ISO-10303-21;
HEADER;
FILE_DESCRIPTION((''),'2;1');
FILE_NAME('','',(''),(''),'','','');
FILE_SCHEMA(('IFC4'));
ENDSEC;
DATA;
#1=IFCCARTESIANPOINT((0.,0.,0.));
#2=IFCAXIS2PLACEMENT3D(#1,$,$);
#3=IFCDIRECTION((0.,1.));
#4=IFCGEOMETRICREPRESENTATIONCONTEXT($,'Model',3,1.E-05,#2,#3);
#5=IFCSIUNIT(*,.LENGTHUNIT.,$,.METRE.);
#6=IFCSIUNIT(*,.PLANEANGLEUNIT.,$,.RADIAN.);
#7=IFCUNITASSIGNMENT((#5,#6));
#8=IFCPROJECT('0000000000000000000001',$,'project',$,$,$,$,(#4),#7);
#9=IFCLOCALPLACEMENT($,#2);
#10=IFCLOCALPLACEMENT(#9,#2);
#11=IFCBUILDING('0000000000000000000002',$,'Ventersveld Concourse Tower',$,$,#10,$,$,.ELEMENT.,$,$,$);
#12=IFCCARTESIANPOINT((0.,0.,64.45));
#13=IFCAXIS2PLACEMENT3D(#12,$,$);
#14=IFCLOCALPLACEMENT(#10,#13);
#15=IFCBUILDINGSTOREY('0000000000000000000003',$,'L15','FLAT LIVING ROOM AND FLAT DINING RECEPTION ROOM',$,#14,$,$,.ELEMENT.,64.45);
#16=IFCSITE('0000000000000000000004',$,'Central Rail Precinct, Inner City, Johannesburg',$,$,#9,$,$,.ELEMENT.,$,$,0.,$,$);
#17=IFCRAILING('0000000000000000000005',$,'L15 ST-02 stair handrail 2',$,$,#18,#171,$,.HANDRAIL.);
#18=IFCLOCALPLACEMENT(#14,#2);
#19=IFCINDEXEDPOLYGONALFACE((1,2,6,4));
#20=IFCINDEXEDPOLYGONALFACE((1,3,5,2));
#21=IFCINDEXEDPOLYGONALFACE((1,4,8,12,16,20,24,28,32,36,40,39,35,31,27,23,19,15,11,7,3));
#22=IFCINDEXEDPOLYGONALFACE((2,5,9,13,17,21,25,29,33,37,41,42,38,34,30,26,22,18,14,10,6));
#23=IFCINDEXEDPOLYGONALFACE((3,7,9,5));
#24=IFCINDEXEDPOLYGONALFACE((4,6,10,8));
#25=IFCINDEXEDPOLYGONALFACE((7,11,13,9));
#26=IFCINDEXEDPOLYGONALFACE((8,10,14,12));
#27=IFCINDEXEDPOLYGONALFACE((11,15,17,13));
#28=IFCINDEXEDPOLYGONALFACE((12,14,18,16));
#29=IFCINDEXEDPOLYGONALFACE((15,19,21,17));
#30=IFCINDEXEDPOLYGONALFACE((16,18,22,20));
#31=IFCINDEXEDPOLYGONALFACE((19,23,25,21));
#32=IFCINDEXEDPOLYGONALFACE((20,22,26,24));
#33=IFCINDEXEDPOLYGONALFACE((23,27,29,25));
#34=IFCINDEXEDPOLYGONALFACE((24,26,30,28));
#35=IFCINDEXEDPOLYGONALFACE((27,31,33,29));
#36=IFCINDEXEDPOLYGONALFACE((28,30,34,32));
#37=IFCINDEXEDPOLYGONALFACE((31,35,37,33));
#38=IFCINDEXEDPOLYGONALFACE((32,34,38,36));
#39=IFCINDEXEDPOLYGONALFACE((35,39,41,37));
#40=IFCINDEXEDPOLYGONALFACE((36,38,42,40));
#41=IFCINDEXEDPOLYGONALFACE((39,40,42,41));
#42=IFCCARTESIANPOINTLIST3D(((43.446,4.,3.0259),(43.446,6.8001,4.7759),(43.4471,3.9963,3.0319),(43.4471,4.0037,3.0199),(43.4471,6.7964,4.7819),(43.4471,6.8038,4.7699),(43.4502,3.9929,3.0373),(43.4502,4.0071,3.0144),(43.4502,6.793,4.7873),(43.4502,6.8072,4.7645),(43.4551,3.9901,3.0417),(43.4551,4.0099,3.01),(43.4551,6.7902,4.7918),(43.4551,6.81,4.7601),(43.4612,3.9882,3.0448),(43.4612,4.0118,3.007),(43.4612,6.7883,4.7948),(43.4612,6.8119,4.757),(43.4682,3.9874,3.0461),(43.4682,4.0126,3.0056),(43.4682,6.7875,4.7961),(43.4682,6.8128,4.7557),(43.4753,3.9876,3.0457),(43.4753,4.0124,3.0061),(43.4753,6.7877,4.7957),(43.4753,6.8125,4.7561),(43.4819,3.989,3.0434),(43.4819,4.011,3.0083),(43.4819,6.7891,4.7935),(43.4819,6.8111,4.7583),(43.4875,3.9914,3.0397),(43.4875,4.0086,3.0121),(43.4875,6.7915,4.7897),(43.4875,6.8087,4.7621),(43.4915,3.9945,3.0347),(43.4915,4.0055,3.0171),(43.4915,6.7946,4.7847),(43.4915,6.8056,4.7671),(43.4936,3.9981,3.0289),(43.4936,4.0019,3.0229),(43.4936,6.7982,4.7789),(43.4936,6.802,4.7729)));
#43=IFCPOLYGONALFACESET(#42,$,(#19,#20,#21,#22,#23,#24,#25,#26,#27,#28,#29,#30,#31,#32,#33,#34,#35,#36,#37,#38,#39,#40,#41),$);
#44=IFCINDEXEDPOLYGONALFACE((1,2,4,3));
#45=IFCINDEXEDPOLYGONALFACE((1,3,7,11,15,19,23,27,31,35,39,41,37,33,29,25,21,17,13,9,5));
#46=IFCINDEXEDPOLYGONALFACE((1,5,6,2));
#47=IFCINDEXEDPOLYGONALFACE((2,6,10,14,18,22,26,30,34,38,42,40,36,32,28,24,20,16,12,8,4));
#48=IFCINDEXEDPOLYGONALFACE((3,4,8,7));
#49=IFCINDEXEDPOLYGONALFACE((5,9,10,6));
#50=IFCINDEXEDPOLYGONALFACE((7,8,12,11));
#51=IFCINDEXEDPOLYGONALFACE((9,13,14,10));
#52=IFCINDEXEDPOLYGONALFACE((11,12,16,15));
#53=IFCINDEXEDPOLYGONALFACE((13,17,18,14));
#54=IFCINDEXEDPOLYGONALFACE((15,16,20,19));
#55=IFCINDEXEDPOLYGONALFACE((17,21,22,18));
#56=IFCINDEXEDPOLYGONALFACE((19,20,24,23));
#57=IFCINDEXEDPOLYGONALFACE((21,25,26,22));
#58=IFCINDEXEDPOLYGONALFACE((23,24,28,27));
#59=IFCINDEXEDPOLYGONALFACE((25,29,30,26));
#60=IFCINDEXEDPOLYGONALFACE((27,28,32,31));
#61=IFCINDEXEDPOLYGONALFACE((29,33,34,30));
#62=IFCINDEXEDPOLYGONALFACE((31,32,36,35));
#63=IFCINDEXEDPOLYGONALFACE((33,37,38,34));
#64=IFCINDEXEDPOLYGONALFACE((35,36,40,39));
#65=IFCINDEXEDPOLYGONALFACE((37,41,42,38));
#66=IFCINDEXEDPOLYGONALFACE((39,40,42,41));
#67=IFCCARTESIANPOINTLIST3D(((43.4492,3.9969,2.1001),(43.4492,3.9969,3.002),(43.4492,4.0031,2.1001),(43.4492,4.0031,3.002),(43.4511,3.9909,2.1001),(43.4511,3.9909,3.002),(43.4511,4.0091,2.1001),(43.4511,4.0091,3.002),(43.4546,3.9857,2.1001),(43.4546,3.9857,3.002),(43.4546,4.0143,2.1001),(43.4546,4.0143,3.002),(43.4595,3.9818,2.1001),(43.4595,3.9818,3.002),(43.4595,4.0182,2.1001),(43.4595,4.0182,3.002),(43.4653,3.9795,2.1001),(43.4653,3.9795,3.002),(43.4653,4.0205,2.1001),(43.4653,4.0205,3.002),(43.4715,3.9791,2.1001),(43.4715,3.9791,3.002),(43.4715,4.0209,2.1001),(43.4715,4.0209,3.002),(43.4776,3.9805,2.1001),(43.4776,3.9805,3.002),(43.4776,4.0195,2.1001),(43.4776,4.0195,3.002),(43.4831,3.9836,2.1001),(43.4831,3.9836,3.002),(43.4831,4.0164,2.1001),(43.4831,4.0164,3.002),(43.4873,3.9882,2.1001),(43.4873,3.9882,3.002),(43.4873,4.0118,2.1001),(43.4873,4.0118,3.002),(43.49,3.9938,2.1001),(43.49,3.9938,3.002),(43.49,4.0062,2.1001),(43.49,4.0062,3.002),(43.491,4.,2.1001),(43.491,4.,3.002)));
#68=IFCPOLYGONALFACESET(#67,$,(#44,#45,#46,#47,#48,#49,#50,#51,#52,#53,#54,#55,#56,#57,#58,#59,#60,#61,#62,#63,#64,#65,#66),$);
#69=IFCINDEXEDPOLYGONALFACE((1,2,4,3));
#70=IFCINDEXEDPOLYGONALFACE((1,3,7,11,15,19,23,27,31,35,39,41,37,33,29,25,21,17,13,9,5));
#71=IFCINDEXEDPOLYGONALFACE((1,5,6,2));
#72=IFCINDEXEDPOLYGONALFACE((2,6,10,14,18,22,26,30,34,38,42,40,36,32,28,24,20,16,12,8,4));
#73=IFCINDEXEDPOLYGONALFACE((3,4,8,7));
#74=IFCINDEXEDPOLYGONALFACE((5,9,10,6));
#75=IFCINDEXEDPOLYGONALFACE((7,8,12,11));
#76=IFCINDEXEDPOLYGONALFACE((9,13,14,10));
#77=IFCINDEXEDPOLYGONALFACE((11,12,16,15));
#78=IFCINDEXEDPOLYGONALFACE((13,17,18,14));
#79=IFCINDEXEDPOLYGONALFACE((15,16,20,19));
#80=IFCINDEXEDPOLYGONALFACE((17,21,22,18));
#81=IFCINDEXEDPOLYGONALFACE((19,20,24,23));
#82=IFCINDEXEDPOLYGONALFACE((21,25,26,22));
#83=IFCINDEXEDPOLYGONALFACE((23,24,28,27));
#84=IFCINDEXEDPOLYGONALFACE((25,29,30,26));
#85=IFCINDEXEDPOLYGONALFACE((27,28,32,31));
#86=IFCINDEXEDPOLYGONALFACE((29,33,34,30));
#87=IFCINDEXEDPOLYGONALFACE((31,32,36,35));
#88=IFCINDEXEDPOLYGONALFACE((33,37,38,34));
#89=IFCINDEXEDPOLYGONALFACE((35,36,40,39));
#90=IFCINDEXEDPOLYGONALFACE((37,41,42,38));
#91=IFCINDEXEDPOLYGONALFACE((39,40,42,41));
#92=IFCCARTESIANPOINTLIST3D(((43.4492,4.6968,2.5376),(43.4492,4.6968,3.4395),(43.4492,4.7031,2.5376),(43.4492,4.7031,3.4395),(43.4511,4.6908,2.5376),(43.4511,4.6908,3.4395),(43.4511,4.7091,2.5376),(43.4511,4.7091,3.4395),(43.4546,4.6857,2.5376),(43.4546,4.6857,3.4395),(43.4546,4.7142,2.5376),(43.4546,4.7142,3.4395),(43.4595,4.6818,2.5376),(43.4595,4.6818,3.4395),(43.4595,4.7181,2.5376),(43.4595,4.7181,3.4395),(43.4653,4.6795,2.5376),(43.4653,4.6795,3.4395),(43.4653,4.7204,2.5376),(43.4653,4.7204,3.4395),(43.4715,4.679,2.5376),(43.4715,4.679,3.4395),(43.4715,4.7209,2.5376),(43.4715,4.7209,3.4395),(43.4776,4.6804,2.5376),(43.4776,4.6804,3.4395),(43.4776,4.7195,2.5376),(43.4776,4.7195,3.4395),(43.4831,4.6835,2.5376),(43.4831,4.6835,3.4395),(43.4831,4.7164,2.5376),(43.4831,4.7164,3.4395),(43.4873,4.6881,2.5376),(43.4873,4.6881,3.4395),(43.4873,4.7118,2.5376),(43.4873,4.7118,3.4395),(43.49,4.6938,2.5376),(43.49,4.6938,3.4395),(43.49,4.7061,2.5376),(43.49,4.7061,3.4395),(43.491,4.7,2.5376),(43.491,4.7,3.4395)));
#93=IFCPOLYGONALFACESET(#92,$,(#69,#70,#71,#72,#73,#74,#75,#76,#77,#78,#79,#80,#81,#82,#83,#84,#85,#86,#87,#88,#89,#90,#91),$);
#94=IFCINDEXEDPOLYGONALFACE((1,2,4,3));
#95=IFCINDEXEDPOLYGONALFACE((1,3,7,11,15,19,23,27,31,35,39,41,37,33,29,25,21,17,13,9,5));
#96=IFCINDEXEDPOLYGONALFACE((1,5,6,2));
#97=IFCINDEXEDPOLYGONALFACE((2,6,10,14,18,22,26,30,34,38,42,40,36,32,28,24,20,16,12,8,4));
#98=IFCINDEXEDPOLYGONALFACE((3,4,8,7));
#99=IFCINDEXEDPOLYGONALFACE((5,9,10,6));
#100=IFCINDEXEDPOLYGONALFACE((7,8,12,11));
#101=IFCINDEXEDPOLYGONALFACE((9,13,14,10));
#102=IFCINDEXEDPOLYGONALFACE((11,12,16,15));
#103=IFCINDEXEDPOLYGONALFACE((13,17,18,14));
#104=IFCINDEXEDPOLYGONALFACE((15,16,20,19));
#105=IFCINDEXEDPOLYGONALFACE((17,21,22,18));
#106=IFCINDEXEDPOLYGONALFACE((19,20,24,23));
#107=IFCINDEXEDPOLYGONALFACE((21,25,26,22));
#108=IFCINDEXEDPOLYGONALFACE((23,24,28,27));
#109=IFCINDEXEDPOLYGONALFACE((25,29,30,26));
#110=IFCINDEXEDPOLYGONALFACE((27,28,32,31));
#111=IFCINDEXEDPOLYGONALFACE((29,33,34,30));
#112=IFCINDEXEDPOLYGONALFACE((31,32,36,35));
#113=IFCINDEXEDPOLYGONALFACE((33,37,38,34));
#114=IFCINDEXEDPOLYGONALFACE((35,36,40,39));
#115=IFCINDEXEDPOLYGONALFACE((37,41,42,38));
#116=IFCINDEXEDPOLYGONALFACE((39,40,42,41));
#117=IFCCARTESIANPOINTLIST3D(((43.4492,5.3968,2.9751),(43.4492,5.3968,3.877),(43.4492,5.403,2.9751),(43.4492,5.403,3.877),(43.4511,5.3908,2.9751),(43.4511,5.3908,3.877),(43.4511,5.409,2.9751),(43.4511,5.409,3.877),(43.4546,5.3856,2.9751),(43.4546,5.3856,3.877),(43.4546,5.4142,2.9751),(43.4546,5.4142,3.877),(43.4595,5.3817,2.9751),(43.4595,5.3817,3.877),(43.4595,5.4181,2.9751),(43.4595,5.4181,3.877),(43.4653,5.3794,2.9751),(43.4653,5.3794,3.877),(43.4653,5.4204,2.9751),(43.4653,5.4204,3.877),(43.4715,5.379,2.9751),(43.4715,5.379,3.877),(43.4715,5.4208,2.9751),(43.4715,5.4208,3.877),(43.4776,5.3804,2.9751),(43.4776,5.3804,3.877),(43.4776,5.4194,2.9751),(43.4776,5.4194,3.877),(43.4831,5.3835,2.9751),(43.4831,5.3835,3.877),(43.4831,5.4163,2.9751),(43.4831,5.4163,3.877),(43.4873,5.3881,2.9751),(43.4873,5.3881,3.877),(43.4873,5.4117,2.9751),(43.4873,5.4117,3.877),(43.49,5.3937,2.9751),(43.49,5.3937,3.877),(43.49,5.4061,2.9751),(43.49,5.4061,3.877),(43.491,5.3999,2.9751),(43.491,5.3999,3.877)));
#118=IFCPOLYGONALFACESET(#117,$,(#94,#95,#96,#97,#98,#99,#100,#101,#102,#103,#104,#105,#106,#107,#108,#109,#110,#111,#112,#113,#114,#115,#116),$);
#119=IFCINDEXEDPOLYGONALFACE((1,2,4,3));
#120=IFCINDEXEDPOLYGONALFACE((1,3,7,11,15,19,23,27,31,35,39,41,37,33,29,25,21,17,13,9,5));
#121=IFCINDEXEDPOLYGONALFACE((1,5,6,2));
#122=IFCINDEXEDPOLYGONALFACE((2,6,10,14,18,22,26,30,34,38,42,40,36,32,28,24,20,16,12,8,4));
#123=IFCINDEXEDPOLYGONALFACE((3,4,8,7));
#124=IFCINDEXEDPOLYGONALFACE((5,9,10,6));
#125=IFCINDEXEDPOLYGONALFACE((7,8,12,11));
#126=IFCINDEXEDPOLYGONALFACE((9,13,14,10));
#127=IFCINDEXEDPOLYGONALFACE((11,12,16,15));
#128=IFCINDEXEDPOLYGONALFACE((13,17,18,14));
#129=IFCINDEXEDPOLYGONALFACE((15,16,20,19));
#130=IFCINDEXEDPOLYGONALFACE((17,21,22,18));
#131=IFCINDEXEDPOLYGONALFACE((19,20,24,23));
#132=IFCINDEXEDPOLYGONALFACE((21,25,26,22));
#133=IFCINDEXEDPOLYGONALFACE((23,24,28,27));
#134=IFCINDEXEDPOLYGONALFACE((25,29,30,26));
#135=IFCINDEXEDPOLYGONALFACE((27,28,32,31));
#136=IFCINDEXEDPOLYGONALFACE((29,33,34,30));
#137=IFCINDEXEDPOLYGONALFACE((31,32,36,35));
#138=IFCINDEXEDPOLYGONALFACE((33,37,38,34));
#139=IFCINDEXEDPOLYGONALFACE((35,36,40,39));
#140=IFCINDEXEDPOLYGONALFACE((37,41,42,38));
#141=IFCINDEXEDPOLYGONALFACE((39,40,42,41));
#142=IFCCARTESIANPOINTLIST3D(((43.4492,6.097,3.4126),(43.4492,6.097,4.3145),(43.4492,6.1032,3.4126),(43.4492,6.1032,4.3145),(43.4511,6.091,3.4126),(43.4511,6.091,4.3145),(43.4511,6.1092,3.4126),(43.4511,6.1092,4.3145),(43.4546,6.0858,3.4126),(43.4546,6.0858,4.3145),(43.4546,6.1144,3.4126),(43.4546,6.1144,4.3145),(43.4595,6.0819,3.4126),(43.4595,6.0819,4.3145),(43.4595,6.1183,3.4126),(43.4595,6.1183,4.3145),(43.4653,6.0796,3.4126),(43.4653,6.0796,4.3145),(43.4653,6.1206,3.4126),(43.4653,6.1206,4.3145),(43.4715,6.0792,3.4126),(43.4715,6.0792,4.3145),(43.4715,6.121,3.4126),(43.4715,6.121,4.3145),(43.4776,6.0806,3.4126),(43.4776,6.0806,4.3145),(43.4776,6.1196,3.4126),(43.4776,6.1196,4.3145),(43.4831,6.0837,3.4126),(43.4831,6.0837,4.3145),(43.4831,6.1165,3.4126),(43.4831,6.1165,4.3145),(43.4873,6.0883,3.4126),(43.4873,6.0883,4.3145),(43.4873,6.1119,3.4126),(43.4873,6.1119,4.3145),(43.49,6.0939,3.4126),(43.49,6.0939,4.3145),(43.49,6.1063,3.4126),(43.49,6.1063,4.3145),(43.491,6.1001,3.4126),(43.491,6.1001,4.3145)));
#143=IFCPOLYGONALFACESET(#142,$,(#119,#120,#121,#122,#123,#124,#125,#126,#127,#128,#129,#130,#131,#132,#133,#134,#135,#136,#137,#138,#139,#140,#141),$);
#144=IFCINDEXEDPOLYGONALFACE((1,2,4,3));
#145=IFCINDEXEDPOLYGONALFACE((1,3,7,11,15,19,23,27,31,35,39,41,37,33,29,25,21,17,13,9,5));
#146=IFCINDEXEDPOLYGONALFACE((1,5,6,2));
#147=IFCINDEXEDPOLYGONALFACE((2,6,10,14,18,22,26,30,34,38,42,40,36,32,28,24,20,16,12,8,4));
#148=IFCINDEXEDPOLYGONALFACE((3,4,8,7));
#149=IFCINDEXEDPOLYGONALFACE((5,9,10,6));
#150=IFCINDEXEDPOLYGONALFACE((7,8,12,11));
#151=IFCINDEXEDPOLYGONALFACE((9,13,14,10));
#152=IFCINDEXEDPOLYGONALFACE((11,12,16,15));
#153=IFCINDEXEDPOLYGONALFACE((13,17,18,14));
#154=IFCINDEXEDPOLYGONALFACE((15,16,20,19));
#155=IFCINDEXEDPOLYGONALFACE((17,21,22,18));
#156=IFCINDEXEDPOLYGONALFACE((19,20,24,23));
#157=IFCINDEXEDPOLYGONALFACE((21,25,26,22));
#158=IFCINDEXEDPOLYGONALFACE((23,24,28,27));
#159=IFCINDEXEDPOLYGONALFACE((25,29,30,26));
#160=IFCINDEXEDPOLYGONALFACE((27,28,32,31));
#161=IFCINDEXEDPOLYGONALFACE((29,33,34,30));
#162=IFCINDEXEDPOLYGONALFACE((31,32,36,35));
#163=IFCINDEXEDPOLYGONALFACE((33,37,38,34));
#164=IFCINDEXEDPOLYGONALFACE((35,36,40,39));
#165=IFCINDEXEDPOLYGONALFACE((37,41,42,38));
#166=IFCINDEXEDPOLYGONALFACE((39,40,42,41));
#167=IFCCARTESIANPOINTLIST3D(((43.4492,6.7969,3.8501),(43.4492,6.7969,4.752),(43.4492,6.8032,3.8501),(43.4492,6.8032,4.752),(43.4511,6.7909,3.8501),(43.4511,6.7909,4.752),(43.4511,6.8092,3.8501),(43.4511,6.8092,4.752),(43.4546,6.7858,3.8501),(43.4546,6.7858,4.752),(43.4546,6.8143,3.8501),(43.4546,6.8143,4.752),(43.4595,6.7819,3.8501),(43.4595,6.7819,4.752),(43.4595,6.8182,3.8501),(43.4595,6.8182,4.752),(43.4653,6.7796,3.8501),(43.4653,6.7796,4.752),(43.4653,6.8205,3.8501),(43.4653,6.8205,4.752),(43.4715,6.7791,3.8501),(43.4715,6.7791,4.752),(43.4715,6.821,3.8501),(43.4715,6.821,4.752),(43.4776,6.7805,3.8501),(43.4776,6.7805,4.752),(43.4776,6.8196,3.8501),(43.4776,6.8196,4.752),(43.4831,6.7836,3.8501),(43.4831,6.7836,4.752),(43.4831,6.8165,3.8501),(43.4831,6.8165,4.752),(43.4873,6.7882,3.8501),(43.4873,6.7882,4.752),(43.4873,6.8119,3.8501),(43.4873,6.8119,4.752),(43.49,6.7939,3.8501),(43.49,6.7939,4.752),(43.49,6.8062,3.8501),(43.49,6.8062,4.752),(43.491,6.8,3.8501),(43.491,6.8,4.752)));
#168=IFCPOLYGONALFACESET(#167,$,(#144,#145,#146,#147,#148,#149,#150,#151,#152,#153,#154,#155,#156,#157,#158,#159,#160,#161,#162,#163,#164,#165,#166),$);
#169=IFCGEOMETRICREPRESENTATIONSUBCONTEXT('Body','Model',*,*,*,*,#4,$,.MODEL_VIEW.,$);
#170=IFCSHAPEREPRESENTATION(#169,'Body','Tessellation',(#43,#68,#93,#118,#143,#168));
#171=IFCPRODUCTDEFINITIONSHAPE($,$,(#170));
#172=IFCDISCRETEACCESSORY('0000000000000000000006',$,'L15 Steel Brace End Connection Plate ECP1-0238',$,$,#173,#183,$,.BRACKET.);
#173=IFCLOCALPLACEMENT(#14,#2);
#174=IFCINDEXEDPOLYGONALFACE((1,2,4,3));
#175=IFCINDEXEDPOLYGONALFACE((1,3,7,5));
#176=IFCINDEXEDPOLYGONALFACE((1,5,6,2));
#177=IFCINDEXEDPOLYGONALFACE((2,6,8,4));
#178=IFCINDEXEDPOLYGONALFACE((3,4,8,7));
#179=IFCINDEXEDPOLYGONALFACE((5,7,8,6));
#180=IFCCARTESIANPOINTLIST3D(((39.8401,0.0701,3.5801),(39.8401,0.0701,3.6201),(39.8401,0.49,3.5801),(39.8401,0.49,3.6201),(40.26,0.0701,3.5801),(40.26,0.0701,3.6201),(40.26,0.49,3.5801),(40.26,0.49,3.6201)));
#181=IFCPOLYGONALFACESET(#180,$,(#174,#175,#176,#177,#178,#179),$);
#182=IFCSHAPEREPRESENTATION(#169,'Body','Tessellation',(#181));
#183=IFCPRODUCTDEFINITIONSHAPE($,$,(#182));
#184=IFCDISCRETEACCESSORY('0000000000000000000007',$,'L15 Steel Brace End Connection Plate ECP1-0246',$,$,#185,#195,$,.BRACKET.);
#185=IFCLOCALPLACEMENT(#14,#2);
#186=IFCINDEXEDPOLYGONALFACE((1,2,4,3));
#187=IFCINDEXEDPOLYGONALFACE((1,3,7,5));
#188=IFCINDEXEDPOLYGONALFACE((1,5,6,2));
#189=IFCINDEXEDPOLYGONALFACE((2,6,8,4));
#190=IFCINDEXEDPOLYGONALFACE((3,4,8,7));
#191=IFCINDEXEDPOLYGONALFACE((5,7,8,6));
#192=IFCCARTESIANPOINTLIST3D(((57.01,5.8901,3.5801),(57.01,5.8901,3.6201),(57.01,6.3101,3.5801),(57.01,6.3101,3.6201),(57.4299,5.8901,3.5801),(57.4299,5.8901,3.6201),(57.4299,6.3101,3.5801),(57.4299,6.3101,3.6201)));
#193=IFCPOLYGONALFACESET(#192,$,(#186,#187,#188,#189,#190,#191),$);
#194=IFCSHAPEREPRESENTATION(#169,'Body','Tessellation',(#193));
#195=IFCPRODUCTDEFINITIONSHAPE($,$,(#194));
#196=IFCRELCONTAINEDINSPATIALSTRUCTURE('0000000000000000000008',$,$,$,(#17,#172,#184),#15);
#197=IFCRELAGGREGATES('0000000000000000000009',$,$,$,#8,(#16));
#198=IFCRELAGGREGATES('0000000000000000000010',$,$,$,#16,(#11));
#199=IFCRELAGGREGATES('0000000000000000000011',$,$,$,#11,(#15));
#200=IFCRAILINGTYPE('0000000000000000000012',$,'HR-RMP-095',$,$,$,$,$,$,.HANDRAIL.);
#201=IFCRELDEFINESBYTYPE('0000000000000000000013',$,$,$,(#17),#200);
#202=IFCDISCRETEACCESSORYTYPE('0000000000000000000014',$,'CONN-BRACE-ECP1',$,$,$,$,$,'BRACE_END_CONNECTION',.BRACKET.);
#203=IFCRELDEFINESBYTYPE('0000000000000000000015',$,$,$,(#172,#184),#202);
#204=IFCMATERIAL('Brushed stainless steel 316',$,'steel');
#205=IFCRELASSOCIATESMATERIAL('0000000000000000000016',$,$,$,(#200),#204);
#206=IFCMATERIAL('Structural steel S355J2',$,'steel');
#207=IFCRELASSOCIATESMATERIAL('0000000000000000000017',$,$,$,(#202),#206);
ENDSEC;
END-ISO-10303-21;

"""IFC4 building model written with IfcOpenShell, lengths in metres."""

from ifc_helpers import new_model, si_unit, direction, frame, origin, origin_2d, place, context, subcontext, project, spatial, rectangle, circle, extrude, material, type_object, element, save


model = new_model("IFC4")

# Units and contexts
model_context = context("Model", 3, precision=1e-05, world=origin(), true_north=direction((0.0, 1.0)))
body_context = subcontext(model_context, "Body", "Model", "MODEL_VIEW")
ifc_project = project(units=[si_unit("LENGTHUNIT", "METRE"), si_unit("PLANEANGLEUNIT", "RADIAN")], contexts=[model_context])

# Site, building, storey
site_placement = place(None, origin())
site = spatial("IfcSite", under=ifc_project, at=site_placement, Name="Central Rail Precinct, Inner City, Johannesburg", CompositionType="ELEMENT", RefElevation=0.0)
building_placement = place(site_placement, origin())
building = spatial("IfcBuilding", under=site, at=building_placement, Name="Ventersveld Concourse Tower", CompositionType="ELEMENT")
storey_placement = place(building_placement, frame((0.0, 0.0, 64.45)))
storey = spatial("IfcBuildingStorey", under=building, at=storey_placement, Name="L15", Description="FLAT LIVING ROOM AND FLAT DINING RECEPTION ROOM", CompositionType="ELEMENT", Elevation=64.45)

# Shared definitions
ifc_material_1 = material(Name="Structural steel S355J2", Category="steel")

# Railing
ifc_material_2 = material(Name="Brushed stainless steel 316", Category="steel")
railing_type_1 = type_object("IfcRailingType", Name="HR-RMP-095", PredefinedType="HANDRAIL", material=ifc_material_2)
railing_1_placement = place(storey_placement, frame((43.47, 4.0, 2.1001)))
element("IfcRailing", 1, at=railing_1_placement, inside=storey, type_object=railing_type_1, Name="L15 ST-02 stair handrail 2", PredefinedType="HANDRAIL", context=body_context, shape_type="SweptSolid", body=[
    extrude(circle(Radius=0.0239, at=origin_2d()), frame((0.0, 0.0, 0.9258), z_axis=(0.0, 0.848002, 0.529992), x_axis=(-1.0, 0.0, 0.0)), (0.0, 0.0, 1.0), 3.302),
    extrude(circle(Radius=0.021, at=origin_2d()), origin(), (0.0, 0.0, 1.0), 0.9019),
    extrude(circle(Radius=0.021, at=origin_2d()), frame((0.0, 0.7, 0.4375)), (0.0, 0.0, 1.0), 0.9019),
    extrude(circle(Radius=0.021, at=origin_2d()), frame((0.0, 1.3999, 0.875)), (0.0, 0.0, 1.0), 0.9019),
    extrude(circle(Radius=0.021, at=origin_2d()), frame((0.0, 2.1001, 1.3125)), (0.0, 0.0, 1.0), 0.9019),
    extrude(circle(Radius=0.021, at=origin_2d()), frame((0.0, 2.8, 1.75)), (0.0, 0.0, 1.0), 0.9019),
])

# Discrete accessories
discrete_accessory_type = type_object("IfcDiscreteAccessoryType", Name="CONN-BRACE-ECP1", ElementType="BRACE_END_CONNECTION", PredefinedType="BRACKET", material=ifc_material_1)
for number, where, z_axis, x_axis, name in (
    (2, (40.05, 0.28, 3.5801), (0.0, 0.0, 1.0), (1.0, 0.0, 0.0), "L15 Steel Brace End Connection Plate ECP1-0238"),
    (3, (57.22, 6.1001, 3.5801), (0.0, 0.0, 1.0), (1.0, 0.0, 0.0), "L15 Steel Brace End Connection Plate ECP1-0246"),
):
    element("IfcDiscreteAccessory", number, at=place(storey_placement, frame(where, z_axis=z_axis, x_axis=x_axis)), inside=storey, type_object=discrete_accessory_type, Name=name, PredefinedType="BRACKET", context=body_context, shape_type="SweptSolid", body=[
        extrude(rectangle(XDim=0.4199, YDim=0.4199, at=origin_2d()), origin(), (0.0, 0.0, 1.0), 0.04),
    ])

save(model, "model.ifc")
